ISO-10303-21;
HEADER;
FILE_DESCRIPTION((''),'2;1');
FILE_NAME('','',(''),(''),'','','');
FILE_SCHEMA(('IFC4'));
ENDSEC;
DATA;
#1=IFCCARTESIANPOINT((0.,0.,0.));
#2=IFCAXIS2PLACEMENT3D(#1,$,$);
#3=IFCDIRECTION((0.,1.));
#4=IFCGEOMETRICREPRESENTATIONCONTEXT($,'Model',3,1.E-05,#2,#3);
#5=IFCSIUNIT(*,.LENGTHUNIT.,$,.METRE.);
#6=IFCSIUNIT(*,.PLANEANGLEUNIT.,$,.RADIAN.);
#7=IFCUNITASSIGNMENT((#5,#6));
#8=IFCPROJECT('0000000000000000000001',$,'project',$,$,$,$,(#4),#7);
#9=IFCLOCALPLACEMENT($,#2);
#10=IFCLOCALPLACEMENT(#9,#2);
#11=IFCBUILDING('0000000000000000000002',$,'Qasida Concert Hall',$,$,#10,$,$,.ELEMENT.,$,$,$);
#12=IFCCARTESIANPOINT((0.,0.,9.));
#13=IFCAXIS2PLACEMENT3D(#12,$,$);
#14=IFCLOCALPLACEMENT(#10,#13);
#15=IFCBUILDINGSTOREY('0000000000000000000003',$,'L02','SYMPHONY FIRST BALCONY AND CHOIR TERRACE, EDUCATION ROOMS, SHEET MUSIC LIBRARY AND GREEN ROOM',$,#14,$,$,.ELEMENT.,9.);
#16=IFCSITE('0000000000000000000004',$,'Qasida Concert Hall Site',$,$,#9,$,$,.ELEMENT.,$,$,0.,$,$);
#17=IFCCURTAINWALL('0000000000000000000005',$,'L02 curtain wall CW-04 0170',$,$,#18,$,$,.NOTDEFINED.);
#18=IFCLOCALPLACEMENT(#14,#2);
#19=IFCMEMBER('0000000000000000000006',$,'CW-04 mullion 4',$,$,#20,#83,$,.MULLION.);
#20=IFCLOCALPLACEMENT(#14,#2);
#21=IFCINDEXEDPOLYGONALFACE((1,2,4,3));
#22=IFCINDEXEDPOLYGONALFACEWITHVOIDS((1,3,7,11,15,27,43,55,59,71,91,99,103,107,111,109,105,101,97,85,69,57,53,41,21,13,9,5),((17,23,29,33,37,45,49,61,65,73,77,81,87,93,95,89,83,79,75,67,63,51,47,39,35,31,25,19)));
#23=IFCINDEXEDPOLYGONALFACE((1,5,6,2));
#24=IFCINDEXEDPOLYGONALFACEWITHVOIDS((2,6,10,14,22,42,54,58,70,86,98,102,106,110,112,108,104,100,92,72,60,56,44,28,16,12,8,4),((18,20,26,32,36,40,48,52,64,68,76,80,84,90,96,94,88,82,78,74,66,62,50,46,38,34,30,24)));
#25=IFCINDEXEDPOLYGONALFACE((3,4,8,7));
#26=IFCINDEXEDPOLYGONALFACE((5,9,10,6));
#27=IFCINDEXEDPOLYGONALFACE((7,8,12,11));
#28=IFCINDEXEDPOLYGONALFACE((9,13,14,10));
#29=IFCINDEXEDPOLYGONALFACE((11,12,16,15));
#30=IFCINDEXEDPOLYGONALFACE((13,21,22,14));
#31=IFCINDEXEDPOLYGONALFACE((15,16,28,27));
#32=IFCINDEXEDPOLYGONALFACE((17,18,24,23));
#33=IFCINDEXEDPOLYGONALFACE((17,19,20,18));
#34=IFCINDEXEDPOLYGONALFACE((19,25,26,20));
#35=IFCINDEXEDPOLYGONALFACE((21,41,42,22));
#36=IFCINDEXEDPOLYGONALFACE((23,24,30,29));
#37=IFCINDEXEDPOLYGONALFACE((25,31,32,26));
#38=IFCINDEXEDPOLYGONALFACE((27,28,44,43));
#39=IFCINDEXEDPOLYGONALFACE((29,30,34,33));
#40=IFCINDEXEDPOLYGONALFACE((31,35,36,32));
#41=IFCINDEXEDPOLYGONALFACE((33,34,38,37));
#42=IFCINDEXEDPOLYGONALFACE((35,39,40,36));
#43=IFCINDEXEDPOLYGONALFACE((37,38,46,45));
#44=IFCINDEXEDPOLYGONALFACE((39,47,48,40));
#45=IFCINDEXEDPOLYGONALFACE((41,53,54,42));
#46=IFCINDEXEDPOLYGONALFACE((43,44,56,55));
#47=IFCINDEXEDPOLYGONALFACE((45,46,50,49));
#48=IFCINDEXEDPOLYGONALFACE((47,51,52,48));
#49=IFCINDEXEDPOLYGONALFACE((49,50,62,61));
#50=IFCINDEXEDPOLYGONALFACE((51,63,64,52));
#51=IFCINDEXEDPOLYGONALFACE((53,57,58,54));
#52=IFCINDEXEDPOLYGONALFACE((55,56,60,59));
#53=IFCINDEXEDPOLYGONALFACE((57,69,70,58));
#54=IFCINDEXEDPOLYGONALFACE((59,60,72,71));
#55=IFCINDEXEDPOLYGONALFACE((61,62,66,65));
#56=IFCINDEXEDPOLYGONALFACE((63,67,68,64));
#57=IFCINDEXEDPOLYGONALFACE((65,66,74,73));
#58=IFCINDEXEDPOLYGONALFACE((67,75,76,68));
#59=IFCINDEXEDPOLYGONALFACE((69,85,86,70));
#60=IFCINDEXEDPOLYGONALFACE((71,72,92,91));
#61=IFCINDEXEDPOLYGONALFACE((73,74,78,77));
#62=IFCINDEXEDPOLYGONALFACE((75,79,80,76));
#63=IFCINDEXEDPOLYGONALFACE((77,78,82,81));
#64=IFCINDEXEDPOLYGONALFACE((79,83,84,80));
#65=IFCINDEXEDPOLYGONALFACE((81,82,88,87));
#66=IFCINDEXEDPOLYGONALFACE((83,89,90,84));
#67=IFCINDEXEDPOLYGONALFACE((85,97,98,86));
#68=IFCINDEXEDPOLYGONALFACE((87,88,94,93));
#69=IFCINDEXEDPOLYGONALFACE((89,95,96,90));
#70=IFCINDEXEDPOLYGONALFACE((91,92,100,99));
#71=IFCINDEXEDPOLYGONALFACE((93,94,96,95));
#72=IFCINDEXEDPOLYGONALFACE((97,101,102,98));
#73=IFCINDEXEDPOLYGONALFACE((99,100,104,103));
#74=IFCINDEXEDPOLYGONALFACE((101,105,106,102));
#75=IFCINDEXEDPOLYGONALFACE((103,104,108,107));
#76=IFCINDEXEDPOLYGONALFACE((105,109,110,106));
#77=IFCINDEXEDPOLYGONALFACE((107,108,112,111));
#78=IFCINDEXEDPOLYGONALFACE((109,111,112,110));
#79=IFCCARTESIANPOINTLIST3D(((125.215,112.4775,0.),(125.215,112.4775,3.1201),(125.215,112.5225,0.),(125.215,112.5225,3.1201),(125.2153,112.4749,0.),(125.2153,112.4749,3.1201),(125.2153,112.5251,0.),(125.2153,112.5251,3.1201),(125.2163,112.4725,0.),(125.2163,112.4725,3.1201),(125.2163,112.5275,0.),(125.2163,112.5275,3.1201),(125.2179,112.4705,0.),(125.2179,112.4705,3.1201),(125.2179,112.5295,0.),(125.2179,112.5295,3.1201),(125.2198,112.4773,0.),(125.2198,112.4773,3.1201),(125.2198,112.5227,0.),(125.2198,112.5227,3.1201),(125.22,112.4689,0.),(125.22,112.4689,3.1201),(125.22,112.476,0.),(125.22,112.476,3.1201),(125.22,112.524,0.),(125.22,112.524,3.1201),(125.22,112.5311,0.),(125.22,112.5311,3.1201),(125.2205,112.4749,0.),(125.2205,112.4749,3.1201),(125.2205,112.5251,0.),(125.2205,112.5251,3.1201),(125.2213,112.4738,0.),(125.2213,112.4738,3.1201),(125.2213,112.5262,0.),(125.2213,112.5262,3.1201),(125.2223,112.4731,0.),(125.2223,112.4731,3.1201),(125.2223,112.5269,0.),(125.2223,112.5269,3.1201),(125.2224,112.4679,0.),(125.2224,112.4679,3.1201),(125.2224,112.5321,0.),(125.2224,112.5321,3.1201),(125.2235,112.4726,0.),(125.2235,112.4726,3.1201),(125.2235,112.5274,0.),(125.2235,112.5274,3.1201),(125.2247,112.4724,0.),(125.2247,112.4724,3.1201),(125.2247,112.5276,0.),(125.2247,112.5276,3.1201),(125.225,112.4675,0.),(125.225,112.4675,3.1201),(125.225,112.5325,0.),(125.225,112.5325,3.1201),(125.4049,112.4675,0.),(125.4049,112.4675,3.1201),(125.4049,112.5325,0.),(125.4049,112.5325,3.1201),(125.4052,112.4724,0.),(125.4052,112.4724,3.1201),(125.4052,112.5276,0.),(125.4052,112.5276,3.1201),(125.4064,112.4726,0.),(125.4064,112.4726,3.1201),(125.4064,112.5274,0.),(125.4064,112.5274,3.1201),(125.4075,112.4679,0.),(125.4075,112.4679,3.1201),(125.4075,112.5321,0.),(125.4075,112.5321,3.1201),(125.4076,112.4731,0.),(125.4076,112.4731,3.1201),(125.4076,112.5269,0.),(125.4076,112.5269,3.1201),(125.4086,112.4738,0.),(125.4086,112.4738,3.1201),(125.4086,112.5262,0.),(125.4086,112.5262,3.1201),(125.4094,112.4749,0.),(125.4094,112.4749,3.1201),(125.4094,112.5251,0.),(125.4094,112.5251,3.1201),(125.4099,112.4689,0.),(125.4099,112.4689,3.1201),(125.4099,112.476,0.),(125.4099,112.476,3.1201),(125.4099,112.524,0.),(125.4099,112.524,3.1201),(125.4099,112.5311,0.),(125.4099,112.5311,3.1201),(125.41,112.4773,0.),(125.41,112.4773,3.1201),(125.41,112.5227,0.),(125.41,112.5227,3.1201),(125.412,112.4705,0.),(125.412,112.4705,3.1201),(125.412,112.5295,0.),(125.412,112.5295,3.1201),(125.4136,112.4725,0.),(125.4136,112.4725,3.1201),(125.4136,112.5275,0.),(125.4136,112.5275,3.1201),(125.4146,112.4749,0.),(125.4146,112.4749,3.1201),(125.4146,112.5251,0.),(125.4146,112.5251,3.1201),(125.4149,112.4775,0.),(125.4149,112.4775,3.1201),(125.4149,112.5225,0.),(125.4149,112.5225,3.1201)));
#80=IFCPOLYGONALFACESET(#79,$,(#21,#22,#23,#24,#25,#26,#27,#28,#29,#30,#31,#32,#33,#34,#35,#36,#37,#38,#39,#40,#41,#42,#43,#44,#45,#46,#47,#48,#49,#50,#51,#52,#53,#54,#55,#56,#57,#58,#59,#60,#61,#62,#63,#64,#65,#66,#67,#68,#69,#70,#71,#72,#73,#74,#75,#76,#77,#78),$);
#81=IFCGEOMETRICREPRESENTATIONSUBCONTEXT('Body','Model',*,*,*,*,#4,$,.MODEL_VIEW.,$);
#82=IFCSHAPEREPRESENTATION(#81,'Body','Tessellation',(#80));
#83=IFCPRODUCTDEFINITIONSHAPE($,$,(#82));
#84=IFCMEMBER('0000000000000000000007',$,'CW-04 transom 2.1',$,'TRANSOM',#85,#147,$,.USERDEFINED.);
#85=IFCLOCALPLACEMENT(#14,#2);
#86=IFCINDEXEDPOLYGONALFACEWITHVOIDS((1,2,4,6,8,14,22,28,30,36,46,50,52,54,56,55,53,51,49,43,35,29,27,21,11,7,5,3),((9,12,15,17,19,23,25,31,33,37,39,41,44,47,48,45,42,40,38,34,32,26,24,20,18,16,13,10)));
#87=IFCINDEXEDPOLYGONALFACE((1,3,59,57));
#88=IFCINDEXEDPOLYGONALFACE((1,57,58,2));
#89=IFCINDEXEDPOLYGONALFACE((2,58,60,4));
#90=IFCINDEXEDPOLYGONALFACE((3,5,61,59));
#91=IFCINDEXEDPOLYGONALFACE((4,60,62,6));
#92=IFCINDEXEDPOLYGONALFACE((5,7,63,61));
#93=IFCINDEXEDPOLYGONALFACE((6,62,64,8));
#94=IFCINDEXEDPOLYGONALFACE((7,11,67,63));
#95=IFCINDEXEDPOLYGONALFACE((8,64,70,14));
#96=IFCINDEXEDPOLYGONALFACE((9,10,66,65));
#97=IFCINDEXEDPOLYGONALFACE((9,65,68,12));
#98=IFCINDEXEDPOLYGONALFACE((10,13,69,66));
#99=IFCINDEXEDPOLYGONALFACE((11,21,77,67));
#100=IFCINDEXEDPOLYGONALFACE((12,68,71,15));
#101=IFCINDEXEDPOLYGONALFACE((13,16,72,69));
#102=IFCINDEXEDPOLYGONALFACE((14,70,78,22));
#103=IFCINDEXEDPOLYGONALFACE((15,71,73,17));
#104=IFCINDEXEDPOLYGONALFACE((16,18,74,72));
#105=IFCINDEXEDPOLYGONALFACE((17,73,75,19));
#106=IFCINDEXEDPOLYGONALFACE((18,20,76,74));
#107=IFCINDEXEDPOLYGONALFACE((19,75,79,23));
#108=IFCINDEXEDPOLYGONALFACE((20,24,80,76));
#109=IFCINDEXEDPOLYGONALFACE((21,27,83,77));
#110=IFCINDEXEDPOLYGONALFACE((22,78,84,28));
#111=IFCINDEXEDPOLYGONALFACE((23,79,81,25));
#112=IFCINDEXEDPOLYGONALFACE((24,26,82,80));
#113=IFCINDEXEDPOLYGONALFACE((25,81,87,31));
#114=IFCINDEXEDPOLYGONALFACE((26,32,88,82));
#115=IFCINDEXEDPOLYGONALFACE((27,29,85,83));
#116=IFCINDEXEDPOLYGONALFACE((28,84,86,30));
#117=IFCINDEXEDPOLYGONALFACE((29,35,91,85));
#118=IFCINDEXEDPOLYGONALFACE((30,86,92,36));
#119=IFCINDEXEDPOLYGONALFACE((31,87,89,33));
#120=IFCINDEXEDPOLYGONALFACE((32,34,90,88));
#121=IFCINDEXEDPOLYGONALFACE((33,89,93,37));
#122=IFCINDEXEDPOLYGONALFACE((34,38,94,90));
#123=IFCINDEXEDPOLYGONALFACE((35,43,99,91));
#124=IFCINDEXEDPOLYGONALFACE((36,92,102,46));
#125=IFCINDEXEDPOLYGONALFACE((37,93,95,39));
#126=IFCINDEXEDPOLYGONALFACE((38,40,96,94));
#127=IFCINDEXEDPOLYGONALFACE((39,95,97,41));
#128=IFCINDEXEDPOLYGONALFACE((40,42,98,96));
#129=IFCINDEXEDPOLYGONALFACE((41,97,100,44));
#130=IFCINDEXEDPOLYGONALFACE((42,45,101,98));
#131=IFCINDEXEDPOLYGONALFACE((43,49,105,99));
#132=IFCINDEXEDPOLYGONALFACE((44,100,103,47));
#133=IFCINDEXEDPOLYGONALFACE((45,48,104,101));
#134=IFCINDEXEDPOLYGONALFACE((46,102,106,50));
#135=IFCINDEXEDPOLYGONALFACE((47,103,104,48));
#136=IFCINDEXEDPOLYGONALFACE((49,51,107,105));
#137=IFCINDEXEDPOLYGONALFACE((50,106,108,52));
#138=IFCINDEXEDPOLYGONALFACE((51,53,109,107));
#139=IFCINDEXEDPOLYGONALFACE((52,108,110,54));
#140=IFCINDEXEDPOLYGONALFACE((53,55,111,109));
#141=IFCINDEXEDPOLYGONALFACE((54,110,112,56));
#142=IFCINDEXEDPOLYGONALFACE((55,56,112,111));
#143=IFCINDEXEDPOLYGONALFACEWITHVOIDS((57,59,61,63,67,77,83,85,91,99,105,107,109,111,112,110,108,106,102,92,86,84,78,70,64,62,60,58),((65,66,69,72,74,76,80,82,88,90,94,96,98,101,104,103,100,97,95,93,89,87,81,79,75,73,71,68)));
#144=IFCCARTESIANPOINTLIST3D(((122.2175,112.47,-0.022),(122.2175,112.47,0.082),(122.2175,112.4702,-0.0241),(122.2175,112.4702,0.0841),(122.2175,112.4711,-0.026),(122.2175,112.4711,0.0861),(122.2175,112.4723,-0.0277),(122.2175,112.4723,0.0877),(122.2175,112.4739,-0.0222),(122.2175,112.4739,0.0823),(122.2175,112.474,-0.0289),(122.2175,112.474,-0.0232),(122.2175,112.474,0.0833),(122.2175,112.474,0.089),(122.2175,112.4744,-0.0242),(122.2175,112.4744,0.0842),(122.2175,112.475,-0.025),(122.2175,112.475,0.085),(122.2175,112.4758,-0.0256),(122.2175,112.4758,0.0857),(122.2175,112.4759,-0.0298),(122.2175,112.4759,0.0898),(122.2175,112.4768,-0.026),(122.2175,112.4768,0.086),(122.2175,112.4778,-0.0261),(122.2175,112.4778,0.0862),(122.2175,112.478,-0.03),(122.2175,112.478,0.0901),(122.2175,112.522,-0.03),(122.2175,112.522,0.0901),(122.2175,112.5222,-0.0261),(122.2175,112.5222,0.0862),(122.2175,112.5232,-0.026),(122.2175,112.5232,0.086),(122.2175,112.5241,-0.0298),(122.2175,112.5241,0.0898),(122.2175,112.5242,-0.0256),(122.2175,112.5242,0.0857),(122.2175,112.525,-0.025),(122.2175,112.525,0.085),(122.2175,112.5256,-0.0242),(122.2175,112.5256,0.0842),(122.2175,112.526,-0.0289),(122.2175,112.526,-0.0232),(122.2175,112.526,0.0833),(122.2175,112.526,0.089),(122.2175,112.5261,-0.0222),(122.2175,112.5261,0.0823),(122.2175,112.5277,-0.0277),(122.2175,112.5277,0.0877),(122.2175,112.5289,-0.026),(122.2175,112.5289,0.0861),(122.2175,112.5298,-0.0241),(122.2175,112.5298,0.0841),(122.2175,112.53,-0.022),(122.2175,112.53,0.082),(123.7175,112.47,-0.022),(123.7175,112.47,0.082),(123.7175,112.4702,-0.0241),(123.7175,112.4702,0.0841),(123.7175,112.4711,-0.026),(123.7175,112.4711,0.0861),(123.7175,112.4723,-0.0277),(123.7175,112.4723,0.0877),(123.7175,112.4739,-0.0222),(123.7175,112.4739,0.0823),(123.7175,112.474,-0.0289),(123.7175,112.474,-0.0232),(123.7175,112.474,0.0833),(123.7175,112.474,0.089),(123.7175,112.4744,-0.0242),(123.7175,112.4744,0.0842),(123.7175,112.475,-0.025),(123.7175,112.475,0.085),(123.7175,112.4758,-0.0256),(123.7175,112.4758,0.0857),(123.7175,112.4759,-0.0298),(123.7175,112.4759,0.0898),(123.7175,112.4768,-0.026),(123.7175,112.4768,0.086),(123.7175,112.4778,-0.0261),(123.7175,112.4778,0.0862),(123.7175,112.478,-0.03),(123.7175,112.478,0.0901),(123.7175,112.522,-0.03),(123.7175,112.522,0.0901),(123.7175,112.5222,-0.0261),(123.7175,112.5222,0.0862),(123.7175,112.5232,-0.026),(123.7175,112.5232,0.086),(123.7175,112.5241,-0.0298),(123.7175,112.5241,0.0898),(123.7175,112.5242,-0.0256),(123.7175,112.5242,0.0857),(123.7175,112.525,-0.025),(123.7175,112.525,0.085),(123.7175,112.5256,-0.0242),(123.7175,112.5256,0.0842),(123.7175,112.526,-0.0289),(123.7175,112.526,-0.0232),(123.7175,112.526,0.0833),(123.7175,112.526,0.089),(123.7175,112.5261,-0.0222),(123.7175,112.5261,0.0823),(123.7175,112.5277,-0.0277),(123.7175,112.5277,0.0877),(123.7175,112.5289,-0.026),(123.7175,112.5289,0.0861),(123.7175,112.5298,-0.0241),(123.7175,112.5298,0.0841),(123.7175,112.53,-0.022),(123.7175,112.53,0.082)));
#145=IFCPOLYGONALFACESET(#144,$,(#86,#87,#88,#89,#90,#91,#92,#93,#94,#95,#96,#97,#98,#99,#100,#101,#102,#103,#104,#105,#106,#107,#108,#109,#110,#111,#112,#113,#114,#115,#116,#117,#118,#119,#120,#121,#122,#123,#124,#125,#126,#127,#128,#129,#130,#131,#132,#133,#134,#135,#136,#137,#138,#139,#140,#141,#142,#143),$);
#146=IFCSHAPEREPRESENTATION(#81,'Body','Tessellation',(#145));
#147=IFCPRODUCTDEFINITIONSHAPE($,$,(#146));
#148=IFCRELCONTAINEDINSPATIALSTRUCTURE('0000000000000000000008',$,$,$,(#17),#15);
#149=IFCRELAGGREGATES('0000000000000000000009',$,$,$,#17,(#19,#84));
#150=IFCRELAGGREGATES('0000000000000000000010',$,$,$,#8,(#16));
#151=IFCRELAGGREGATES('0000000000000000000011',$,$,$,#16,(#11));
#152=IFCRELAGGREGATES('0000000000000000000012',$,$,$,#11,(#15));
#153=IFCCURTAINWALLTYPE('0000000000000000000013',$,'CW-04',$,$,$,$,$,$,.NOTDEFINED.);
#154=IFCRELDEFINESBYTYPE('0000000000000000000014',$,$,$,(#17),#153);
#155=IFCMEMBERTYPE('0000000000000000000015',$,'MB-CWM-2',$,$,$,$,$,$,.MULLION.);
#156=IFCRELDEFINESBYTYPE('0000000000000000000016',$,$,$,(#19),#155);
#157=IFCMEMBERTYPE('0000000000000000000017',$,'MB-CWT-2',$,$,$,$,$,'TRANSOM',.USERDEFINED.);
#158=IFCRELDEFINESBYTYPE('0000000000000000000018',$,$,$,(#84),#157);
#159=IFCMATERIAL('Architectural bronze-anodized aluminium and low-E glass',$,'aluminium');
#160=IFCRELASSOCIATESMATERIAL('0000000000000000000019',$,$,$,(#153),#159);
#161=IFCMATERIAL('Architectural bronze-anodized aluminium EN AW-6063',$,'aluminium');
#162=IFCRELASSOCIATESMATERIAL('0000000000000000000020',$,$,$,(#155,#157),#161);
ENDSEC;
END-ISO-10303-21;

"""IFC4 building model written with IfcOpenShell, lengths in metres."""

from ifc_helpers import new_model, si_unit, direction, frame, origin, origin_2d, place, context, subcontext, project, spatial, hollow_rectangle, extrude, material, material_profile, profile_set, type_object, element, aggregate, save


model = new_model("IFC4")

# Units and contexts
model_context = context("Model", 3, precision=1e-05, world=origin(), true_north=direction((0.0, 1.0)))
body_context = subcontext(model_context, "Body", "Model", "MODEL_VIEW")
ifc_project = project(units=[si_unit("LENGTHUNIT", "METRE"), si_unit("PLANEANGLEUNIT", "RADIAN")], contexts=[model_context])

# Site, building, storey
site_placement = place(None, origin())
site = spatial("IfcSite", under=ifc_project, at=site_placement, Name="Qasida Concert Hall Site", CompositionType="ELEMENT", RefElevation=0.0)
building_placement = place(site_placement, origin())
building = spatial("IfcBuilding", under=site, at=building_placement, Name="Qasida Concert Hall", CompositionType="ELEMENT")
storey_placement = place(building_placement, frame((0.0, 0.0, 9.0)))
storey = spatial("IfcBuildingStorey", under=building, at=storey_placement, Name="L02", Description="SYMPHONY FIRST BALCONY AND CHOIR TERRACE, EDUCATION ROOMS, SHEET MUSIC LIBRARY AND GREEN ROOM", CompositionType="ELEMENT", Elevation=9.0)

# Curtain wall, members
ifc_material_1 = material(Name="Architectural bronze-anodized aluminium and low-E glass", Category="aluminium")
curtain_wall_type = type_object("IfcCurtainWallType", Name="CW-04", PredefinedType="NOTDEFINED", material=ifc_material_1)
curtain_wall_placement = place(storey_placement, origin())
curtain_wall = element("IfcCurtainWall", 1, at=curtain_wall_placement, inside=storey, type_object=curtain_wall_type, Name="L02 curtain wall CW-04 0170", PredefinedType="NOTDEFINED")
ifc_material_2 = material(Name="Architectural bronze-anodized aluminium EN AW-6063", Category="aluminium")
ifc_material_profile_1 = material_profile(ifc_material_2, hollow_rectangle(XDim=0.0649, YDim=0.2, WallThickness=0.0049, InnerFilletRadius=0.0049, OuterFilletRadius=0.01, at=origin_2d()), Name="CWM 200x65x5")
ifc_profile_set_1 = profile_set([ifc_material_profile_1], Name="Architectural bronze-anodized aluminium EN AW-6063")
member_type_1 = type_object("IfcMemberType", Name="MB-CWM-2", PredefinedType="MULLION", material=ifc_profile_set_1)
member_1_placement = place(storey_placement, frame((125.3149, 112.5, 0.0), z_axis=(0.0, 0.0, 1.0), x_axis=(0.0, 1.0, 0.0)))
member_1 = element("IfcMember", 2, at=member_1_placement, type_object=member_type_1, Name="CW-04 mullion 4", PredefinedType="MULLION", context=body_context, shape_type="SweptSolid", body=[
    extrude(hollow_rectangle(XDim=0.0649, YDim=0.2, WallThickness=0.0049, InnerFilletRadius=0.0049, OuterFilletRadius=0.01, at=origin_2d()), origin(), (0.0, 0.0, 1.0), 3.1201),
])
ifc_material_profile_2 = material_profile(ifc_material_2, hollow_rectangle(XDim=0.0601, YDim=0.1201, WallThickness=0.0039, InnerFilletRadius=0.0039, OuterFilletRadius=0.0081, at=origin_2d()), Name="CWT 120x60x4")
ifc_profile_set_2 = profile_set([ifc_material_profile_2], Name="Architectural bronze-anodized aluminium EN AW-6063")
member_type_2 = type_object("IfcMemberType", Name="MB-CWT-2", ElementType="TRANSOM", PredefinedType="USERDEFINED", material=ifc_profile_set_2)
member_2_placement = place(storey_placement, frame((122.2175, 112.5, 0.03), z_axis=(1.0, 0.0, 0.0), x_axis=(0.0, 1.0, 0.0)))
member_2 = element("IfcMember", 3, at=member_2_placement, type_object=member_type_2, Name="CW-04 transom 2.1", ObjectType="TRANSOM", PredefinedType="USERDEFINED", context=body_context, shape_type="SweptSolid", body=[
    extrude(hollow_rectangle(XDim=0.0601, YDim=0.1201, WallThickness=0.0039, InnerFilletRadius=0.0039, OuterFilletRadius=0.0081, at=origin_2d()), origin(), (0.0, 0.0, 1.0), 1.5),
])
aggregate(curtain_wall, [member_1, member_2])

save(model, "model.ifc")
